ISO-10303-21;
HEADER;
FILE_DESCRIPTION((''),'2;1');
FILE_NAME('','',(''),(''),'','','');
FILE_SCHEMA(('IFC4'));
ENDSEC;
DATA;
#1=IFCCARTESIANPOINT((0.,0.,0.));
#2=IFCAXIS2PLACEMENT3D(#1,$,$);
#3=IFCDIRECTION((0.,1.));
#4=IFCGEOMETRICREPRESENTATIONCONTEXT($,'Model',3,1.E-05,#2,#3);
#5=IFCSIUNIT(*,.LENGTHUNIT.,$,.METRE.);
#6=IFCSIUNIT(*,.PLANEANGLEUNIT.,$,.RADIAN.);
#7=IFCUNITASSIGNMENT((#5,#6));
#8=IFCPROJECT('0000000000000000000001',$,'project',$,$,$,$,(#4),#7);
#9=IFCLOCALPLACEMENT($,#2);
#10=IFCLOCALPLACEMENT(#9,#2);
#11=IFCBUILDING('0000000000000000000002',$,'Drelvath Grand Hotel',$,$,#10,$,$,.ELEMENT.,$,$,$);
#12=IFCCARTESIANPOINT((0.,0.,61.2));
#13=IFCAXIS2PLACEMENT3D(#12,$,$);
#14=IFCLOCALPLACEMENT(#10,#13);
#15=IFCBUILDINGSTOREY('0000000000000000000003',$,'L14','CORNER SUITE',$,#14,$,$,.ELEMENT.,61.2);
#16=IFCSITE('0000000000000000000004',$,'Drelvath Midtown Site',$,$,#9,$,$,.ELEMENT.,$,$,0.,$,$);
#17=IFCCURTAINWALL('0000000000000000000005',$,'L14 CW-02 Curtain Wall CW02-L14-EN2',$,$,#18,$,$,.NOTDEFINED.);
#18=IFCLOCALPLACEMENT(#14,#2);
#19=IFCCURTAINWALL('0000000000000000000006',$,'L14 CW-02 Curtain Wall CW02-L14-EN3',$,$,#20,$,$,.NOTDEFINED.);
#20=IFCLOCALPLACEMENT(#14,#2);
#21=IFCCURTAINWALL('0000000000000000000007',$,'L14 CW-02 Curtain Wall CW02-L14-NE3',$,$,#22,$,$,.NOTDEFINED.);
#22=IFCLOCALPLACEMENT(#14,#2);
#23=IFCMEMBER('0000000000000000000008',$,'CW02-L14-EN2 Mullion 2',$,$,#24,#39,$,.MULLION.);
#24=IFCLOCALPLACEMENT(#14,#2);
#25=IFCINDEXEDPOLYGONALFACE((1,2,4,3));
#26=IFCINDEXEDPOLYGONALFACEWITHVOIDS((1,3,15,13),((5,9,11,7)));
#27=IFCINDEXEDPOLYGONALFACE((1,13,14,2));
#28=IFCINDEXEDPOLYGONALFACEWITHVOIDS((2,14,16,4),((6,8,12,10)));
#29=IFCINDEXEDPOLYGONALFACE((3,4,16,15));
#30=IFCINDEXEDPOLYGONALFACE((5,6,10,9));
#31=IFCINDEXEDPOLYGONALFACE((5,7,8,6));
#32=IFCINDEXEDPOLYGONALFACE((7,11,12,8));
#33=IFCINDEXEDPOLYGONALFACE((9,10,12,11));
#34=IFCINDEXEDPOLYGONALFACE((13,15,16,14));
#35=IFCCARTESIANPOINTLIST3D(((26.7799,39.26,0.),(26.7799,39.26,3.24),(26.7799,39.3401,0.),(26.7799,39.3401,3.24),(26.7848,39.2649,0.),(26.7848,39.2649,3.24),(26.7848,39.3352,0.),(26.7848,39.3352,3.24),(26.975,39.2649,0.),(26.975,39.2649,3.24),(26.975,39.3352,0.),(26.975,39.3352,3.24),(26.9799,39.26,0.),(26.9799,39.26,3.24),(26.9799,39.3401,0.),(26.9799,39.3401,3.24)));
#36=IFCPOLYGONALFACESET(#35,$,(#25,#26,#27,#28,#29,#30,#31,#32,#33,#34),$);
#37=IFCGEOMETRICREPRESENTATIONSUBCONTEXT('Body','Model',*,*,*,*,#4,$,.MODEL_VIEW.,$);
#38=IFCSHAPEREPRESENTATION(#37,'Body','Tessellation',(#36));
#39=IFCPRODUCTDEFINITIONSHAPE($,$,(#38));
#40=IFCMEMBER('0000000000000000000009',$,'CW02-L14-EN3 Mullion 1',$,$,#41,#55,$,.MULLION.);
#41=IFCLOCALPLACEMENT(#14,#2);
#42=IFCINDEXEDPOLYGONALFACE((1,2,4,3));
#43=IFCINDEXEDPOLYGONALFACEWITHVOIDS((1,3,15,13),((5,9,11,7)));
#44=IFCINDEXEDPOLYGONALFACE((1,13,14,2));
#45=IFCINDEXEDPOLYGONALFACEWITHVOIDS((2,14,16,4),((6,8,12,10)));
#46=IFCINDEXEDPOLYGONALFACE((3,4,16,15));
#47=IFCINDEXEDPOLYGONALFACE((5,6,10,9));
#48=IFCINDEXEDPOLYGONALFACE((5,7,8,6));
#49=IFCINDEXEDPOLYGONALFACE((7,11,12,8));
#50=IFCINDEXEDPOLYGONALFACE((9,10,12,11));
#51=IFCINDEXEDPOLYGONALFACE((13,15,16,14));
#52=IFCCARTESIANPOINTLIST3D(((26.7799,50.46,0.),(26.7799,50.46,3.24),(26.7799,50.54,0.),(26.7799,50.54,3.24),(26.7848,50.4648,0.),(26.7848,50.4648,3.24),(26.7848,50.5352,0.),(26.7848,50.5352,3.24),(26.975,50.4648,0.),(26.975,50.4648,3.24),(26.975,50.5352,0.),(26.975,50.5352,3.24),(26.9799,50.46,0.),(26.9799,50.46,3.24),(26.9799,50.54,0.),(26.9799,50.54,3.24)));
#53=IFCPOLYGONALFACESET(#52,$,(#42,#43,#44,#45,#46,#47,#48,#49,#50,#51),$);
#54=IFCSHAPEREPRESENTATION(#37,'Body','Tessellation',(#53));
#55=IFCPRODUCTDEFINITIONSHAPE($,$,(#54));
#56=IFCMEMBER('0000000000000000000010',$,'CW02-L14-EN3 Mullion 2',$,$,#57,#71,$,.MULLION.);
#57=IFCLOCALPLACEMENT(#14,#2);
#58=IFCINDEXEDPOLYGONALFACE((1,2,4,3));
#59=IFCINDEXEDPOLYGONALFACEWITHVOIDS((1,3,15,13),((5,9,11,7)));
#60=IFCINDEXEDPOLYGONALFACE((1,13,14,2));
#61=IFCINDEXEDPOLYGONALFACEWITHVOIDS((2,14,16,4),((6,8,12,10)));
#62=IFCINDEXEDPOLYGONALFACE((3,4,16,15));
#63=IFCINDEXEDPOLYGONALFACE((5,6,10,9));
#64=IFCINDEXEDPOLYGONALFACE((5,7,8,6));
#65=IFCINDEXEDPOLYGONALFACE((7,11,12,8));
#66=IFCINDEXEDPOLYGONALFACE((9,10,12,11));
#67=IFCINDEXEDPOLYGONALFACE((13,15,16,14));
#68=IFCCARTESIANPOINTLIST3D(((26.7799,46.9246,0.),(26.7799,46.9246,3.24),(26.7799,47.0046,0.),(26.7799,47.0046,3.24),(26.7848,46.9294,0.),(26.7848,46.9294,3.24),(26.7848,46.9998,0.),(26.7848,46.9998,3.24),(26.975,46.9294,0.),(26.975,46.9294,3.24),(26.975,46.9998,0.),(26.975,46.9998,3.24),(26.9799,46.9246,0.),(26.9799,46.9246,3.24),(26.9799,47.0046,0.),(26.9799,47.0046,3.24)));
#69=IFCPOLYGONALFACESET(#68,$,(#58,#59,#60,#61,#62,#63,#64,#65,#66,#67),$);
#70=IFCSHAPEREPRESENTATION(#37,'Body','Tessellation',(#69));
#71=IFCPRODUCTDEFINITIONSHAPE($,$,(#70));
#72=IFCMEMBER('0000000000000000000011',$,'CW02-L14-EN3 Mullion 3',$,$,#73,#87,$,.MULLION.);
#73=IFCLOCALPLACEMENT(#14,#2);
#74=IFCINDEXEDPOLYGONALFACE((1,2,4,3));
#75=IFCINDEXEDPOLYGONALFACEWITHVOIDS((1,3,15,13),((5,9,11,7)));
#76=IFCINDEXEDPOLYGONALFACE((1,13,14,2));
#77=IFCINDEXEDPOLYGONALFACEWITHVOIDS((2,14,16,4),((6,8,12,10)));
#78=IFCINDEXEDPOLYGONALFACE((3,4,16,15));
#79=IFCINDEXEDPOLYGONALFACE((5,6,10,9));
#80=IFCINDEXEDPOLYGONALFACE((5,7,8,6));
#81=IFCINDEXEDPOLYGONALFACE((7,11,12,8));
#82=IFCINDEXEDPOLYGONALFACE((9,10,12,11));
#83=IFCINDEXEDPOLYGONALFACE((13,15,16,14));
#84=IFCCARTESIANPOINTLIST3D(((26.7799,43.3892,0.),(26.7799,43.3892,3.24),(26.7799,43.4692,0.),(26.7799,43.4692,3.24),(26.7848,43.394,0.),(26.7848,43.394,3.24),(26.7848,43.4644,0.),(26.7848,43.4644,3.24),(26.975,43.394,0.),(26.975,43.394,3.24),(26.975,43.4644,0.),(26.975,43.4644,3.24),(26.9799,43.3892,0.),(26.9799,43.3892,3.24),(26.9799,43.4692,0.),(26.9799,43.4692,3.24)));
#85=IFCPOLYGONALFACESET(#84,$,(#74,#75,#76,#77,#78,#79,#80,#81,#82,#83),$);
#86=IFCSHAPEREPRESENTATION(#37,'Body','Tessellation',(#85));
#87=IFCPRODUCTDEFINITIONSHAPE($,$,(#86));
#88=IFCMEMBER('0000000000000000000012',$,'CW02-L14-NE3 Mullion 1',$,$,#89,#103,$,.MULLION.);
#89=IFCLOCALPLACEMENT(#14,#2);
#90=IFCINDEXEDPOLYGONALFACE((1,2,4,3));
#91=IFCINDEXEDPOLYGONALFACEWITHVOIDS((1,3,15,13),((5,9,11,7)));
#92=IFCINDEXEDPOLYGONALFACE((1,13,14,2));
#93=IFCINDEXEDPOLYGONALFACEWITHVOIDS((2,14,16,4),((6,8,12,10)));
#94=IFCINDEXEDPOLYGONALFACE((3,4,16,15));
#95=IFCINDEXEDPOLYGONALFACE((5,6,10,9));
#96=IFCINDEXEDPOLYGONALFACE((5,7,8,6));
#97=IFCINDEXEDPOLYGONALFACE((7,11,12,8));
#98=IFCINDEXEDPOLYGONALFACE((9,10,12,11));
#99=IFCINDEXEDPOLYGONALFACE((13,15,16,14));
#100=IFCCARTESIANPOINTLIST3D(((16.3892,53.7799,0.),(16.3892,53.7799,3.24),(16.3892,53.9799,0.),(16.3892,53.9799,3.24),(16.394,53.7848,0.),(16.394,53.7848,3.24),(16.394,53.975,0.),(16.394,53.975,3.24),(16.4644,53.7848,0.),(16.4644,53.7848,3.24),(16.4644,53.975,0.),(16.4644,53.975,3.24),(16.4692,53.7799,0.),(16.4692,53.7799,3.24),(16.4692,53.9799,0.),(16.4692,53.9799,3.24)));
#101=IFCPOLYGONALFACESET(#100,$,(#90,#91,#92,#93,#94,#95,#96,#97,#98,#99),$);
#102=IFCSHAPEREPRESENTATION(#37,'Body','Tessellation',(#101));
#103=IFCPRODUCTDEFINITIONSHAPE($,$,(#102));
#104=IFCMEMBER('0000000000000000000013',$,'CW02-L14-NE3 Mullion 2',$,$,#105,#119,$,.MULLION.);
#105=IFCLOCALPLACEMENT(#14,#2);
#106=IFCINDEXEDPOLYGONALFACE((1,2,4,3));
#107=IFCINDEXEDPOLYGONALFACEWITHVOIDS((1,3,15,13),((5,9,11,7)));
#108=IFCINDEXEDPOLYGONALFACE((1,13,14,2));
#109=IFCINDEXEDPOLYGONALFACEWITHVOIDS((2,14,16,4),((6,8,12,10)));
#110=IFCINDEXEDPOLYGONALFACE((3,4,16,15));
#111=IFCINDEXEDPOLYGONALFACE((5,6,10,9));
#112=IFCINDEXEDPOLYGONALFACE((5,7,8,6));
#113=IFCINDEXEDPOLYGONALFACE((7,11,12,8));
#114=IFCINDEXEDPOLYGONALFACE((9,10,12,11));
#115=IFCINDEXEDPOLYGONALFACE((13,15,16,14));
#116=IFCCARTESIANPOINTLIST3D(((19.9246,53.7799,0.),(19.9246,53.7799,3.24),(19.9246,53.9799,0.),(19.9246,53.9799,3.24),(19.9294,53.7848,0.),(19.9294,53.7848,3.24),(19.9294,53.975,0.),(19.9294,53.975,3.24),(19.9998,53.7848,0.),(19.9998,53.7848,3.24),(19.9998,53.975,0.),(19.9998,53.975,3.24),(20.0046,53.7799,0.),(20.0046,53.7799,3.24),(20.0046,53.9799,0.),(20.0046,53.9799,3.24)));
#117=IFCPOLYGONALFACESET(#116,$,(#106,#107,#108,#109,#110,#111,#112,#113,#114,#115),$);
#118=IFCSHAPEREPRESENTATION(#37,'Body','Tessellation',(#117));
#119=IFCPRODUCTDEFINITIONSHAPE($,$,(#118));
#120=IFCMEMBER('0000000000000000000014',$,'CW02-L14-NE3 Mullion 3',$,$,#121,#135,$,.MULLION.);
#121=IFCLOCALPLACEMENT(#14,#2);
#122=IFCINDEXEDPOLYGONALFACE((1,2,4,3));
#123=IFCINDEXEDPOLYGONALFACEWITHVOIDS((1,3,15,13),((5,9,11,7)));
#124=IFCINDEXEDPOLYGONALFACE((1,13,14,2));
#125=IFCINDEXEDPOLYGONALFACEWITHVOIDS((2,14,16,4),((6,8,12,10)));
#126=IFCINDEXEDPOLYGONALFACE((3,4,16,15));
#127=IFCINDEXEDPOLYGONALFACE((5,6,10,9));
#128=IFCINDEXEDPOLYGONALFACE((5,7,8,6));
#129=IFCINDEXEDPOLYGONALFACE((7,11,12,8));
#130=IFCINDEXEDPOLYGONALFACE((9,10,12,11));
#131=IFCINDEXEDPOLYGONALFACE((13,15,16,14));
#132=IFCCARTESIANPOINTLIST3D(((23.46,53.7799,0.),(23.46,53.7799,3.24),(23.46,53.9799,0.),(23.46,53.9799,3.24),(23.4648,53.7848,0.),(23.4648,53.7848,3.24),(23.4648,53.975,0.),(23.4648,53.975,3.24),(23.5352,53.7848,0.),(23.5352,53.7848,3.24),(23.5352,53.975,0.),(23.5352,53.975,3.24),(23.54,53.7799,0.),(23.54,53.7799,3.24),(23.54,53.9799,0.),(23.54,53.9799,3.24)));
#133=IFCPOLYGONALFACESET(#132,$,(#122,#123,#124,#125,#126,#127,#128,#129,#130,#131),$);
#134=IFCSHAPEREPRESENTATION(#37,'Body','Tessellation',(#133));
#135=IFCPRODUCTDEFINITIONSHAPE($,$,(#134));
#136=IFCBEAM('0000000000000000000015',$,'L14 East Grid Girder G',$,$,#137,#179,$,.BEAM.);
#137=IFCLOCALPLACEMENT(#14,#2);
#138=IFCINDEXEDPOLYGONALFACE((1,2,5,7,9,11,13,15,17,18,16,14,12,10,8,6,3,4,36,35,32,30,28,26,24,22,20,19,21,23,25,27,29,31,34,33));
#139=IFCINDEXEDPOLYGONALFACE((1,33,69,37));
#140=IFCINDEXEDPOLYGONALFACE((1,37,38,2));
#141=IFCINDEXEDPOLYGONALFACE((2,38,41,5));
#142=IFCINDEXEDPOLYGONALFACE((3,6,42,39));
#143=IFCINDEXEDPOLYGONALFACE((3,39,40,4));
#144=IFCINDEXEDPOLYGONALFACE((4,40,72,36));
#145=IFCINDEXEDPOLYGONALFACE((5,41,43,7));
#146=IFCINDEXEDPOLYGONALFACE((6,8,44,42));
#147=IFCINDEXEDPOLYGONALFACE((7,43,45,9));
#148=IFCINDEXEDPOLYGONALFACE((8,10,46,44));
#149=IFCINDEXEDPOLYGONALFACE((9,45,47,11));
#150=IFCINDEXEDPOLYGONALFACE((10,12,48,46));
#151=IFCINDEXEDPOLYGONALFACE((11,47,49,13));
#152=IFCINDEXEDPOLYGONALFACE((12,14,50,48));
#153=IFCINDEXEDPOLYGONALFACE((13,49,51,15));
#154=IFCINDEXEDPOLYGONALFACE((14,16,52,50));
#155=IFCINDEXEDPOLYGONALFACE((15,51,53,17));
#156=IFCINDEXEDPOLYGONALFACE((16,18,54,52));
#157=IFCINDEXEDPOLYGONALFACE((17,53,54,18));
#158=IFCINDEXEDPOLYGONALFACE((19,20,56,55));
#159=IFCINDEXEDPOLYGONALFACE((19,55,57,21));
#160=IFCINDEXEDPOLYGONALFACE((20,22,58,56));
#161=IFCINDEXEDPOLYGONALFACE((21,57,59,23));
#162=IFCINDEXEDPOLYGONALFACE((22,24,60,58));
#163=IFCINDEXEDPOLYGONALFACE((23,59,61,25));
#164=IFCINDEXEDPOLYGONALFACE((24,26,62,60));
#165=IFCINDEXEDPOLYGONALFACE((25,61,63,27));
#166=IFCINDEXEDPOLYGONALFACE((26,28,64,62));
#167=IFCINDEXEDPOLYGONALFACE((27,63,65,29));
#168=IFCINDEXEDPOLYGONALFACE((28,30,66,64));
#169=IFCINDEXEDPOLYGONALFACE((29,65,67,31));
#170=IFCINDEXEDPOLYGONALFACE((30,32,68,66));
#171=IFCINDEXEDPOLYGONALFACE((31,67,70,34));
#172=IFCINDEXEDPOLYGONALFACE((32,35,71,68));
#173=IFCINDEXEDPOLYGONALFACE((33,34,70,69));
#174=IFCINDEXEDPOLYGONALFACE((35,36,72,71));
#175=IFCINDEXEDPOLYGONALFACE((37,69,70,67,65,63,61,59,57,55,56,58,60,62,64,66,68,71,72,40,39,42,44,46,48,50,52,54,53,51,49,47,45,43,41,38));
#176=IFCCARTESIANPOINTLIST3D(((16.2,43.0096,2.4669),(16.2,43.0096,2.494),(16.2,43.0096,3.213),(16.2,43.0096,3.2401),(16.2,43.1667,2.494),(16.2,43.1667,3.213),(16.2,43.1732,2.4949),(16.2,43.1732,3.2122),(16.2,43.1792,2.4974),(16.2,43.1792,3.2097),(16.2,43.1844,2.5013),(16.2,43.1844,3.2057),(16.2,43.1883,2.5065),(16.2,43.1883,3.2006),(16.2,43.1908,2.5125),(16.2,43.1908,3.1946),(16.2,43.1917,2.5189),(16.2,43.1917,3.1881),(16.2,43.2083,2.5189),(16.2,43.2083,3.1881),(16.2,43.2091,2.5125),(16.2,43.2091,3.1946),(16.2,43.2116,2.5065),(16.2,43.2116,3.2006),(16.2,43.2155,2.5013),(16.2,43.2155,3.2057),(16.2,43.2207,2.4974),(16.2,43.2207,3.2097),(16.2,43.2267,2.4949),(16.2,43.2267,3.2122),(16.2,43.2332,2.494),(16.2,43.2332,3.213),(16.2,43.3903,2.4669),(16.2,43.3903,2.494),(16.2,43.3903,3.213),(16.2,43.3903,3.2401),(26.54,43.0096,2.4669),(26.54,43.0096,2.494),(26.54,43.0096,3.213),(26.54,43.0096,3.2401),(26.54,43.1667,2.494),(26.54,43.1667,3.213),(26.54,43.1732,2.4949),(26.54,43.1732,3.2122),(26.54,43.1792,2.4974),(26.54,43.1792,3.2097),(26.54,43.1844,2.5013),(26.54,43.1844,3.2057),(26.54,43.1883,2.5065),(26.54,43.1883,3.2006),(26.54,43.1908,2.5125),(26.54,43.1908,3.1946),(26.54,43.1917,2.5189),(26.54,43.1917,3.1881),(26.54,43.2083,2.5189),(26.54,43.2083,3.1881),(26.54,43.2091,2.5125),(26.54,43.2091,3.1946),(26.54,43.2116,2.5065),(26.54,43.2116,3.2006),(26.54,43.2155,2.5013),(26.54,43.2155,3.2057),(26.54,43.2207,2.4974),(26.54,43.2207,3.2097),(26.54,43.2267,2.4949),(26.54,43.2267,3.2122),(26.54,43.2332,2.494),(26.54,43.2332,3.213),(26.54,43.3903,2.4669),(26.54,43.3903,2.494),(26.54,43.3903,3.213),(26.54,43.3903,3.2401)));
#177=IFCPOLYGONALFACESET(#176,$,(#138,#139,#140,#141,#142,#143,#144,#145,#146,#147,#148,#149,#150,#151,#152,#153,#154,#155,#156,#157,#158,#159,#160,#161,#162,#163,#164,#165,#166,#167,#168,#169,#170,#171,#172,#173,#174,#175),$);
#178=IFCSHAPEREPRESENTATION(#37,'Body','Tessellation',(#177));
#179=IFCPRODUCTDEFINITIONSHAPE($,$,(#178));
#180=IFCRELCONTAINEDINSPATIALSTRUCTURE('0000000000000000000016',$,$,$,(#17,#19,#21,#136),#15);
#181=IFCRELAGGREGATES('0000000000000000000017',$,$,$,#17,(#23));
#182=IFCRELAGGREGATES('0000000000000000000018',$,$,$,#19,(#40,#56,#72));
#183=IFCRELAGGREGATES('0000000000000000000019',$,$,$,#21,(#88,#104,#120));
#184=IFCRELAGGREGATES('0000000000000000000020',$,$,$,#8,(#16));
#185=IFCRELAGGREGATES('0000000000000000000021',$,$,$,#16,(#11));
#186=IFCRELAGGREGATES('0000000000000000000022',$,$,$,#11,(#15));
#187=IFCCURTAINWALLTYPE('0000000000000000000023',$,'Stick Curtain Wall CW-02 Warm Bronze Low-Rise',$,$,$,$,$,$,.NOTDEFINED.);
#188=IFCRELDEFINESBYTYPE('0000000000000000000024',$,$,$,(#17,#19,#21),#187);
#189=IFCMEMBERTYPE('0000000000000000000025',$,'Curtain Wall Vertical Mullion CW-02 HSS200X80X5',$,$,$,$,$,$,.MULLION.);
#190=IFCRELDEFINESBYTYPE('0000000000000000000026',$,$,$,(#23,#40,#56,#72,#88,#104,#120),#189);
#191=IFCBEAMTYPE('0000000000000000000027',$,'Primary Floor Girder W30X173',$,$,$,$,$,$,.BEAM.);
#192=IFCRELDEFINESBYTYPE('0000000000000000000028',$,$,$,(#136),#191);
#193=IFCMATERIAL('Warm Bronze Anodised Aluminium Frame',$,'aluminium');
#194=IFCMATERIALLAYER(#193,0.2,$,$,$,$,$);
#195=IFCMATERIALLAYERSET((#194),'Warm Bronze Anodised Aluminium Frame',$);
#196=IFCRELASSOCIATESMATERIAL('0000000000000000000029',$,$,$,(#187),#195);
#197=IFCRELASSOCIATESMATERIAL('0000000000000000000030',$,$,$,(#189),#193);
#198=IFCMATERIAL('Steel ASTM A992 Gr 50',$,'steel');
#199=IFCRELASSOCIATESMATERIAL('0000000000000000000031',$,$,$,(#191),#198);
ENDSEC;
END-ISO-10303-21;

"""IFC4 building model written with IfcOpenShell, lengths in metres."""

from ifc_helpers import new_model, si_unit, direction, frame, origin, origin_2d, place, context, subcontext, project, spatial, hollow_rectangle, i_section, extrude, material, layer, layer_set, material_profile, profile_set, type_object, element, aggregate, save


model = new_model("IFC4")

# Units and contexts
model_context = context("Model", 3, precision=1e-05, world=origin(), true_north=direction((0.0, 1.0)))
body_context = subcontext(model_context, "Body", "Model", "MODEL_VIEW")
ifc_project = project(units=[si_unit("LENGTHUNIT", "METRE"), si_unit("PLANEANGLEUNIT", "RADIAN")], contexts=[model_context])

# Site, building, storey
site_placement = place(None, origin())
site = spatial("IfcSite", under=ifc_project, at=site_placement, Name="Drelvath Midtown Site", CompositionType="ELEMENT", RefElevation=0.0)
building_placement = place(site_placement, origin())
building = spatial("IfcBuilding", under=site, at=building_placement, Name="Drelvath Grand Hotel", CompositionType="ELEMENT")
storey_placement = place(building_placement, frame((0.0, 0.0, 61.2)))
storey = spatial("IfcBuildingStorey", under=building, at=storey_placement, Name="L14", Description="CORNER SUITE", CompositionType="ELEMENT", Elevation=61.2)

# Curtain walls
ifc_material_1 = material(Name="Warm Bronze Anodised Aluminium Frame", Category="aluminium")
ifc_layer_1 = layer(ifc_material_1, 0.2)
ifc_layer_set_1 = layer_set([ifc_layer_1], Name="Warm Bronze Anodised Aluminium Frame")
curtain_wall_type = type_object("IfcCurtainWallType", Name="Stick Curtain Wall CW-02 Warm Bronze Low-Rise", PredefinedType="NOTDEFINED", material=ifc_layer_set_1)
curtain_wall_1_placement = place(storey_placement, origin())
curtain_wall_1 = element("IfcCurtainWall", 1, at=curtain_wall_1_placement, inside=storey, type_object=curtain_wall_type, Name="L14 CW-02 Curtain Wall CW02-L14-EN2", PredefinedType="NOTDEFINED")
curtain_wall_2_placement = place(storey_placement, origin())
curtain_wall_2 = element("IfcCurtainWall", 2, at=curtain_wall_2_placement, inside=storey, type_object=curtain_wall_type, Name="L14 CW-02 Curtain Wall CW02-L14-EN3", PredefinedType="NOTDEFINED")
curtain_wall_3_placement = place(storey_placement, origin())
curtain_wall_3 = element("IfcCurtainWall", 3, at=curtain_wall_3_placement, inside=storey, type_object=curtain_wall_type, Name="L14 CW-02 Curtain Wall CW02-L14-NE3", PredefinedType="NOTDEFINED")

# Members
ifc_material_profile_1 = material_profile(ifc_material_1, hollow_rectangle(XDim=0.0801, YDim=0.2, WallThickness=0.0049, at=origin_2d()), Name="HSS200X80X5")
ifc_profile_set_1 = profile_set([ifc_material_profile_1], Name="Warm Bronze Anodised Aluminium Frame")
member_type_1 = type_object("IfcMemberType", Name="Curtain Wall Vertical Mullion CW-02 HSS200X80X5", PredefinedType="MULLION", material=ifc_profile_set_1)
member_1_placement = place(storey_placement, frame((26.8799, 39.3, 0.0), z_axis=(0.0, 0.0, 1.0), x_axis=(0.0, 1.0, 0.0)))
member_1 = element("IfcMember", 4, at=member_1_placement, type_object=member_type_1, Name="CW02-L14-EN2 Mullion 2", PredefinedType="MULLION", context=body_context, shape_type="SweptSolid", body=[
    extrude(hollow_rectangle(XDim=0.0801, YDim=0.2, WallThickness=0.0049, at=origin_2d()), origin(), (0.0, 0.0, 1.0), 3.24),
])
member_2_placement = place(storey_placement, frame((26.8799, 50.5, 0.0), z_axis=(0.0, 0.0, 1.0), x_axis=(0.0, 1.0, 0.0)))
member_2 = element("IfcMember", 5, at=member_2_placement, type_object=member_type_1, Name="CW02-L14-EN3 Mullion 1", PredefinedType="MULLION", context=body_context, shape_type="SweptSolid", body=[
    extrude(hollow_rectangle(XDim=0.0801, YDim=0.2, WallThickness=0.0049, at=origin_2d()), origin(), (0.0, 0.0, 1.0), 3.24),
])
member_3_placement = place(storey_placement, frame((26.8799, 46.9646, 0.0), z_axis=(0.0, 0.0, 1.0), x_axis=(0.0, 1.0, 0.0)))
member_3 = element("IfcMember", 6, at=member_3_placement, type_object=member_type_1, Name="CW02-L14-EN3 Mullion 2", PredefinedType="MULLION", context=body_context, shape_type="SweptSolid", body=[
    extrude(hollow_rectangle(XDim=0.0801, YDim=0.2, WallThickness=0.0049, at=origin_2d()), origin(), (0.0, 0.0, 1.0), 3.24),
])
member_4_placement = place(storey_placement, frame((26.8799, 43.4292, 0.0), z_axis=(0.0, 0.0, 1.0), x_axis=(0.0, 1.0, 0.0)))
member_4 = element("IfcMember", 7, at=member_4_placement, type_object=member_type_1, Name="CW02-L14-EN3 Mullion 3", PredefinedType="MULLION", context=body_context, shape_type="SweptSolid", body=[
    extrude(hollow_rectangle(XDim=0.0801, YDim=0.2, WallThickness=0.0049, at=origin_2d()), origin(), (0.0, 0.0, 1.0), 3.24),
])
member_5_placement = place(storey_placement, frame((16.4292, 53.8799, 0.0), z_axis=(0.0, 0.0, 1.0), x_axis=(1.0, 0.0, 0.0)))
member_5 = element("IfcMember", 8, at=member_5_placement, type_object=member_type_1, Name="CW02-L14-NE3 Mullion 1", PredefinedType="MULLION", context=body_context, shape_type="SweptSolid", body=[
    extrude(hollow_rectangle(XDim=0.0801, YDim=0.2, WallThickness=0.0049, at=origin_2d()), origin(), (0.0, 0.0, 1.0), 3.24),
])
member_6_placement = place(storey_placement, frame((19.9646, 53.8799, 0.0), z_axis=(0.0, 0.0, 1.0), x_axis=(1.0, 0.0, 0.0)))
member_6 = element("IfcMember", 9, at=member_6_placement, type_object=member_type_1, Name="CW02-L14-NE3 Mullion 2", PredefinedType="MULLION", context=body_context, shape_type="SweptSolid", body=[
    extrude(hollow_rectangle(XDim=0.0801, YDim=0.2, WallThickness=0.0049, at=origin_2d()), origin(), (0.0, 0.0, 1.0), 3.24),
])
member_7_placement = place(storey_placement, frame((23.5, 53.8799, 0.0), z_axis=(0.0, 0.0, 1.0), x_axis=(1.0, 0.0, 0.0)))
member_7 = element("IfcMember", 10, at=member_7_placement, type_object=member_type_1, Name="CW02-L14-NE3 Mullion 3", PredefinedType="MULLION", context=body_context, shape_type="SweptSolid", body=[
    extrude(hollow_rectangle(XDim=0.0801, YDim=0.2, WallThickness=0.0049, at=origin_2d()), origin(), (0.0, 0.0, 1.0), 3.24),
])

# Beam
ifc_material_2 = material(Name="Steel ASTM A992 Gr 50", Category="steel")
ifc_material_profile_2 = material_profile(ifc_material_2, i_section(OverallWidth=0.3806, OverallDepth=0.7732, WebThickness=0.0166, FlangeThickness=0.0271, FilletRadius=0.0249, at=origin_2d()), Name="W30X173")
ifc_profile_set_2 = profile_set([ifc_material_profile_2], Name="Steel ASTM A992 Gr 50")
beam_type = type_object("IfcBeamType", Name="Primary Floor Girder W30X173", PredefinedType="BEAM", material=ifc_profile_set_2)
for number, where, z_axis, x_axis, name in (
    (11, (16.2, 43.2, 2.8535), (1.0, 0.0, 0.0), (0.0, 1.0, 0.0), "L14 East Grid Girder G"),
):
    element("IfcBeam", number, at=place(storey_placement, frame(where, z_axis=z_axis, x_axis=x_axis)), inside=storey, type_object=beam_type, Name=name, PredefinedType="BEAM", context=body_context, shape_type="SweptSolid", body=[
        extrude(i_section(OverallWidth=0.3806, OverallDepth=0.7732, WebThickness=0.0166, FlangeThickness=0.0271, FilletRadius=0.0249, at=origin_2d()), origin(), (0.0, 0.0, 1.0), 10.3401),
    ])

aggregate(curtain_wall_1, [member_1])
aggregate(curtain_wall_2, [member_2, member_3, member_4])
aggregate(curtain_wall_3, [member_5, member_6, member_7])

save(model, "model.ifc")
